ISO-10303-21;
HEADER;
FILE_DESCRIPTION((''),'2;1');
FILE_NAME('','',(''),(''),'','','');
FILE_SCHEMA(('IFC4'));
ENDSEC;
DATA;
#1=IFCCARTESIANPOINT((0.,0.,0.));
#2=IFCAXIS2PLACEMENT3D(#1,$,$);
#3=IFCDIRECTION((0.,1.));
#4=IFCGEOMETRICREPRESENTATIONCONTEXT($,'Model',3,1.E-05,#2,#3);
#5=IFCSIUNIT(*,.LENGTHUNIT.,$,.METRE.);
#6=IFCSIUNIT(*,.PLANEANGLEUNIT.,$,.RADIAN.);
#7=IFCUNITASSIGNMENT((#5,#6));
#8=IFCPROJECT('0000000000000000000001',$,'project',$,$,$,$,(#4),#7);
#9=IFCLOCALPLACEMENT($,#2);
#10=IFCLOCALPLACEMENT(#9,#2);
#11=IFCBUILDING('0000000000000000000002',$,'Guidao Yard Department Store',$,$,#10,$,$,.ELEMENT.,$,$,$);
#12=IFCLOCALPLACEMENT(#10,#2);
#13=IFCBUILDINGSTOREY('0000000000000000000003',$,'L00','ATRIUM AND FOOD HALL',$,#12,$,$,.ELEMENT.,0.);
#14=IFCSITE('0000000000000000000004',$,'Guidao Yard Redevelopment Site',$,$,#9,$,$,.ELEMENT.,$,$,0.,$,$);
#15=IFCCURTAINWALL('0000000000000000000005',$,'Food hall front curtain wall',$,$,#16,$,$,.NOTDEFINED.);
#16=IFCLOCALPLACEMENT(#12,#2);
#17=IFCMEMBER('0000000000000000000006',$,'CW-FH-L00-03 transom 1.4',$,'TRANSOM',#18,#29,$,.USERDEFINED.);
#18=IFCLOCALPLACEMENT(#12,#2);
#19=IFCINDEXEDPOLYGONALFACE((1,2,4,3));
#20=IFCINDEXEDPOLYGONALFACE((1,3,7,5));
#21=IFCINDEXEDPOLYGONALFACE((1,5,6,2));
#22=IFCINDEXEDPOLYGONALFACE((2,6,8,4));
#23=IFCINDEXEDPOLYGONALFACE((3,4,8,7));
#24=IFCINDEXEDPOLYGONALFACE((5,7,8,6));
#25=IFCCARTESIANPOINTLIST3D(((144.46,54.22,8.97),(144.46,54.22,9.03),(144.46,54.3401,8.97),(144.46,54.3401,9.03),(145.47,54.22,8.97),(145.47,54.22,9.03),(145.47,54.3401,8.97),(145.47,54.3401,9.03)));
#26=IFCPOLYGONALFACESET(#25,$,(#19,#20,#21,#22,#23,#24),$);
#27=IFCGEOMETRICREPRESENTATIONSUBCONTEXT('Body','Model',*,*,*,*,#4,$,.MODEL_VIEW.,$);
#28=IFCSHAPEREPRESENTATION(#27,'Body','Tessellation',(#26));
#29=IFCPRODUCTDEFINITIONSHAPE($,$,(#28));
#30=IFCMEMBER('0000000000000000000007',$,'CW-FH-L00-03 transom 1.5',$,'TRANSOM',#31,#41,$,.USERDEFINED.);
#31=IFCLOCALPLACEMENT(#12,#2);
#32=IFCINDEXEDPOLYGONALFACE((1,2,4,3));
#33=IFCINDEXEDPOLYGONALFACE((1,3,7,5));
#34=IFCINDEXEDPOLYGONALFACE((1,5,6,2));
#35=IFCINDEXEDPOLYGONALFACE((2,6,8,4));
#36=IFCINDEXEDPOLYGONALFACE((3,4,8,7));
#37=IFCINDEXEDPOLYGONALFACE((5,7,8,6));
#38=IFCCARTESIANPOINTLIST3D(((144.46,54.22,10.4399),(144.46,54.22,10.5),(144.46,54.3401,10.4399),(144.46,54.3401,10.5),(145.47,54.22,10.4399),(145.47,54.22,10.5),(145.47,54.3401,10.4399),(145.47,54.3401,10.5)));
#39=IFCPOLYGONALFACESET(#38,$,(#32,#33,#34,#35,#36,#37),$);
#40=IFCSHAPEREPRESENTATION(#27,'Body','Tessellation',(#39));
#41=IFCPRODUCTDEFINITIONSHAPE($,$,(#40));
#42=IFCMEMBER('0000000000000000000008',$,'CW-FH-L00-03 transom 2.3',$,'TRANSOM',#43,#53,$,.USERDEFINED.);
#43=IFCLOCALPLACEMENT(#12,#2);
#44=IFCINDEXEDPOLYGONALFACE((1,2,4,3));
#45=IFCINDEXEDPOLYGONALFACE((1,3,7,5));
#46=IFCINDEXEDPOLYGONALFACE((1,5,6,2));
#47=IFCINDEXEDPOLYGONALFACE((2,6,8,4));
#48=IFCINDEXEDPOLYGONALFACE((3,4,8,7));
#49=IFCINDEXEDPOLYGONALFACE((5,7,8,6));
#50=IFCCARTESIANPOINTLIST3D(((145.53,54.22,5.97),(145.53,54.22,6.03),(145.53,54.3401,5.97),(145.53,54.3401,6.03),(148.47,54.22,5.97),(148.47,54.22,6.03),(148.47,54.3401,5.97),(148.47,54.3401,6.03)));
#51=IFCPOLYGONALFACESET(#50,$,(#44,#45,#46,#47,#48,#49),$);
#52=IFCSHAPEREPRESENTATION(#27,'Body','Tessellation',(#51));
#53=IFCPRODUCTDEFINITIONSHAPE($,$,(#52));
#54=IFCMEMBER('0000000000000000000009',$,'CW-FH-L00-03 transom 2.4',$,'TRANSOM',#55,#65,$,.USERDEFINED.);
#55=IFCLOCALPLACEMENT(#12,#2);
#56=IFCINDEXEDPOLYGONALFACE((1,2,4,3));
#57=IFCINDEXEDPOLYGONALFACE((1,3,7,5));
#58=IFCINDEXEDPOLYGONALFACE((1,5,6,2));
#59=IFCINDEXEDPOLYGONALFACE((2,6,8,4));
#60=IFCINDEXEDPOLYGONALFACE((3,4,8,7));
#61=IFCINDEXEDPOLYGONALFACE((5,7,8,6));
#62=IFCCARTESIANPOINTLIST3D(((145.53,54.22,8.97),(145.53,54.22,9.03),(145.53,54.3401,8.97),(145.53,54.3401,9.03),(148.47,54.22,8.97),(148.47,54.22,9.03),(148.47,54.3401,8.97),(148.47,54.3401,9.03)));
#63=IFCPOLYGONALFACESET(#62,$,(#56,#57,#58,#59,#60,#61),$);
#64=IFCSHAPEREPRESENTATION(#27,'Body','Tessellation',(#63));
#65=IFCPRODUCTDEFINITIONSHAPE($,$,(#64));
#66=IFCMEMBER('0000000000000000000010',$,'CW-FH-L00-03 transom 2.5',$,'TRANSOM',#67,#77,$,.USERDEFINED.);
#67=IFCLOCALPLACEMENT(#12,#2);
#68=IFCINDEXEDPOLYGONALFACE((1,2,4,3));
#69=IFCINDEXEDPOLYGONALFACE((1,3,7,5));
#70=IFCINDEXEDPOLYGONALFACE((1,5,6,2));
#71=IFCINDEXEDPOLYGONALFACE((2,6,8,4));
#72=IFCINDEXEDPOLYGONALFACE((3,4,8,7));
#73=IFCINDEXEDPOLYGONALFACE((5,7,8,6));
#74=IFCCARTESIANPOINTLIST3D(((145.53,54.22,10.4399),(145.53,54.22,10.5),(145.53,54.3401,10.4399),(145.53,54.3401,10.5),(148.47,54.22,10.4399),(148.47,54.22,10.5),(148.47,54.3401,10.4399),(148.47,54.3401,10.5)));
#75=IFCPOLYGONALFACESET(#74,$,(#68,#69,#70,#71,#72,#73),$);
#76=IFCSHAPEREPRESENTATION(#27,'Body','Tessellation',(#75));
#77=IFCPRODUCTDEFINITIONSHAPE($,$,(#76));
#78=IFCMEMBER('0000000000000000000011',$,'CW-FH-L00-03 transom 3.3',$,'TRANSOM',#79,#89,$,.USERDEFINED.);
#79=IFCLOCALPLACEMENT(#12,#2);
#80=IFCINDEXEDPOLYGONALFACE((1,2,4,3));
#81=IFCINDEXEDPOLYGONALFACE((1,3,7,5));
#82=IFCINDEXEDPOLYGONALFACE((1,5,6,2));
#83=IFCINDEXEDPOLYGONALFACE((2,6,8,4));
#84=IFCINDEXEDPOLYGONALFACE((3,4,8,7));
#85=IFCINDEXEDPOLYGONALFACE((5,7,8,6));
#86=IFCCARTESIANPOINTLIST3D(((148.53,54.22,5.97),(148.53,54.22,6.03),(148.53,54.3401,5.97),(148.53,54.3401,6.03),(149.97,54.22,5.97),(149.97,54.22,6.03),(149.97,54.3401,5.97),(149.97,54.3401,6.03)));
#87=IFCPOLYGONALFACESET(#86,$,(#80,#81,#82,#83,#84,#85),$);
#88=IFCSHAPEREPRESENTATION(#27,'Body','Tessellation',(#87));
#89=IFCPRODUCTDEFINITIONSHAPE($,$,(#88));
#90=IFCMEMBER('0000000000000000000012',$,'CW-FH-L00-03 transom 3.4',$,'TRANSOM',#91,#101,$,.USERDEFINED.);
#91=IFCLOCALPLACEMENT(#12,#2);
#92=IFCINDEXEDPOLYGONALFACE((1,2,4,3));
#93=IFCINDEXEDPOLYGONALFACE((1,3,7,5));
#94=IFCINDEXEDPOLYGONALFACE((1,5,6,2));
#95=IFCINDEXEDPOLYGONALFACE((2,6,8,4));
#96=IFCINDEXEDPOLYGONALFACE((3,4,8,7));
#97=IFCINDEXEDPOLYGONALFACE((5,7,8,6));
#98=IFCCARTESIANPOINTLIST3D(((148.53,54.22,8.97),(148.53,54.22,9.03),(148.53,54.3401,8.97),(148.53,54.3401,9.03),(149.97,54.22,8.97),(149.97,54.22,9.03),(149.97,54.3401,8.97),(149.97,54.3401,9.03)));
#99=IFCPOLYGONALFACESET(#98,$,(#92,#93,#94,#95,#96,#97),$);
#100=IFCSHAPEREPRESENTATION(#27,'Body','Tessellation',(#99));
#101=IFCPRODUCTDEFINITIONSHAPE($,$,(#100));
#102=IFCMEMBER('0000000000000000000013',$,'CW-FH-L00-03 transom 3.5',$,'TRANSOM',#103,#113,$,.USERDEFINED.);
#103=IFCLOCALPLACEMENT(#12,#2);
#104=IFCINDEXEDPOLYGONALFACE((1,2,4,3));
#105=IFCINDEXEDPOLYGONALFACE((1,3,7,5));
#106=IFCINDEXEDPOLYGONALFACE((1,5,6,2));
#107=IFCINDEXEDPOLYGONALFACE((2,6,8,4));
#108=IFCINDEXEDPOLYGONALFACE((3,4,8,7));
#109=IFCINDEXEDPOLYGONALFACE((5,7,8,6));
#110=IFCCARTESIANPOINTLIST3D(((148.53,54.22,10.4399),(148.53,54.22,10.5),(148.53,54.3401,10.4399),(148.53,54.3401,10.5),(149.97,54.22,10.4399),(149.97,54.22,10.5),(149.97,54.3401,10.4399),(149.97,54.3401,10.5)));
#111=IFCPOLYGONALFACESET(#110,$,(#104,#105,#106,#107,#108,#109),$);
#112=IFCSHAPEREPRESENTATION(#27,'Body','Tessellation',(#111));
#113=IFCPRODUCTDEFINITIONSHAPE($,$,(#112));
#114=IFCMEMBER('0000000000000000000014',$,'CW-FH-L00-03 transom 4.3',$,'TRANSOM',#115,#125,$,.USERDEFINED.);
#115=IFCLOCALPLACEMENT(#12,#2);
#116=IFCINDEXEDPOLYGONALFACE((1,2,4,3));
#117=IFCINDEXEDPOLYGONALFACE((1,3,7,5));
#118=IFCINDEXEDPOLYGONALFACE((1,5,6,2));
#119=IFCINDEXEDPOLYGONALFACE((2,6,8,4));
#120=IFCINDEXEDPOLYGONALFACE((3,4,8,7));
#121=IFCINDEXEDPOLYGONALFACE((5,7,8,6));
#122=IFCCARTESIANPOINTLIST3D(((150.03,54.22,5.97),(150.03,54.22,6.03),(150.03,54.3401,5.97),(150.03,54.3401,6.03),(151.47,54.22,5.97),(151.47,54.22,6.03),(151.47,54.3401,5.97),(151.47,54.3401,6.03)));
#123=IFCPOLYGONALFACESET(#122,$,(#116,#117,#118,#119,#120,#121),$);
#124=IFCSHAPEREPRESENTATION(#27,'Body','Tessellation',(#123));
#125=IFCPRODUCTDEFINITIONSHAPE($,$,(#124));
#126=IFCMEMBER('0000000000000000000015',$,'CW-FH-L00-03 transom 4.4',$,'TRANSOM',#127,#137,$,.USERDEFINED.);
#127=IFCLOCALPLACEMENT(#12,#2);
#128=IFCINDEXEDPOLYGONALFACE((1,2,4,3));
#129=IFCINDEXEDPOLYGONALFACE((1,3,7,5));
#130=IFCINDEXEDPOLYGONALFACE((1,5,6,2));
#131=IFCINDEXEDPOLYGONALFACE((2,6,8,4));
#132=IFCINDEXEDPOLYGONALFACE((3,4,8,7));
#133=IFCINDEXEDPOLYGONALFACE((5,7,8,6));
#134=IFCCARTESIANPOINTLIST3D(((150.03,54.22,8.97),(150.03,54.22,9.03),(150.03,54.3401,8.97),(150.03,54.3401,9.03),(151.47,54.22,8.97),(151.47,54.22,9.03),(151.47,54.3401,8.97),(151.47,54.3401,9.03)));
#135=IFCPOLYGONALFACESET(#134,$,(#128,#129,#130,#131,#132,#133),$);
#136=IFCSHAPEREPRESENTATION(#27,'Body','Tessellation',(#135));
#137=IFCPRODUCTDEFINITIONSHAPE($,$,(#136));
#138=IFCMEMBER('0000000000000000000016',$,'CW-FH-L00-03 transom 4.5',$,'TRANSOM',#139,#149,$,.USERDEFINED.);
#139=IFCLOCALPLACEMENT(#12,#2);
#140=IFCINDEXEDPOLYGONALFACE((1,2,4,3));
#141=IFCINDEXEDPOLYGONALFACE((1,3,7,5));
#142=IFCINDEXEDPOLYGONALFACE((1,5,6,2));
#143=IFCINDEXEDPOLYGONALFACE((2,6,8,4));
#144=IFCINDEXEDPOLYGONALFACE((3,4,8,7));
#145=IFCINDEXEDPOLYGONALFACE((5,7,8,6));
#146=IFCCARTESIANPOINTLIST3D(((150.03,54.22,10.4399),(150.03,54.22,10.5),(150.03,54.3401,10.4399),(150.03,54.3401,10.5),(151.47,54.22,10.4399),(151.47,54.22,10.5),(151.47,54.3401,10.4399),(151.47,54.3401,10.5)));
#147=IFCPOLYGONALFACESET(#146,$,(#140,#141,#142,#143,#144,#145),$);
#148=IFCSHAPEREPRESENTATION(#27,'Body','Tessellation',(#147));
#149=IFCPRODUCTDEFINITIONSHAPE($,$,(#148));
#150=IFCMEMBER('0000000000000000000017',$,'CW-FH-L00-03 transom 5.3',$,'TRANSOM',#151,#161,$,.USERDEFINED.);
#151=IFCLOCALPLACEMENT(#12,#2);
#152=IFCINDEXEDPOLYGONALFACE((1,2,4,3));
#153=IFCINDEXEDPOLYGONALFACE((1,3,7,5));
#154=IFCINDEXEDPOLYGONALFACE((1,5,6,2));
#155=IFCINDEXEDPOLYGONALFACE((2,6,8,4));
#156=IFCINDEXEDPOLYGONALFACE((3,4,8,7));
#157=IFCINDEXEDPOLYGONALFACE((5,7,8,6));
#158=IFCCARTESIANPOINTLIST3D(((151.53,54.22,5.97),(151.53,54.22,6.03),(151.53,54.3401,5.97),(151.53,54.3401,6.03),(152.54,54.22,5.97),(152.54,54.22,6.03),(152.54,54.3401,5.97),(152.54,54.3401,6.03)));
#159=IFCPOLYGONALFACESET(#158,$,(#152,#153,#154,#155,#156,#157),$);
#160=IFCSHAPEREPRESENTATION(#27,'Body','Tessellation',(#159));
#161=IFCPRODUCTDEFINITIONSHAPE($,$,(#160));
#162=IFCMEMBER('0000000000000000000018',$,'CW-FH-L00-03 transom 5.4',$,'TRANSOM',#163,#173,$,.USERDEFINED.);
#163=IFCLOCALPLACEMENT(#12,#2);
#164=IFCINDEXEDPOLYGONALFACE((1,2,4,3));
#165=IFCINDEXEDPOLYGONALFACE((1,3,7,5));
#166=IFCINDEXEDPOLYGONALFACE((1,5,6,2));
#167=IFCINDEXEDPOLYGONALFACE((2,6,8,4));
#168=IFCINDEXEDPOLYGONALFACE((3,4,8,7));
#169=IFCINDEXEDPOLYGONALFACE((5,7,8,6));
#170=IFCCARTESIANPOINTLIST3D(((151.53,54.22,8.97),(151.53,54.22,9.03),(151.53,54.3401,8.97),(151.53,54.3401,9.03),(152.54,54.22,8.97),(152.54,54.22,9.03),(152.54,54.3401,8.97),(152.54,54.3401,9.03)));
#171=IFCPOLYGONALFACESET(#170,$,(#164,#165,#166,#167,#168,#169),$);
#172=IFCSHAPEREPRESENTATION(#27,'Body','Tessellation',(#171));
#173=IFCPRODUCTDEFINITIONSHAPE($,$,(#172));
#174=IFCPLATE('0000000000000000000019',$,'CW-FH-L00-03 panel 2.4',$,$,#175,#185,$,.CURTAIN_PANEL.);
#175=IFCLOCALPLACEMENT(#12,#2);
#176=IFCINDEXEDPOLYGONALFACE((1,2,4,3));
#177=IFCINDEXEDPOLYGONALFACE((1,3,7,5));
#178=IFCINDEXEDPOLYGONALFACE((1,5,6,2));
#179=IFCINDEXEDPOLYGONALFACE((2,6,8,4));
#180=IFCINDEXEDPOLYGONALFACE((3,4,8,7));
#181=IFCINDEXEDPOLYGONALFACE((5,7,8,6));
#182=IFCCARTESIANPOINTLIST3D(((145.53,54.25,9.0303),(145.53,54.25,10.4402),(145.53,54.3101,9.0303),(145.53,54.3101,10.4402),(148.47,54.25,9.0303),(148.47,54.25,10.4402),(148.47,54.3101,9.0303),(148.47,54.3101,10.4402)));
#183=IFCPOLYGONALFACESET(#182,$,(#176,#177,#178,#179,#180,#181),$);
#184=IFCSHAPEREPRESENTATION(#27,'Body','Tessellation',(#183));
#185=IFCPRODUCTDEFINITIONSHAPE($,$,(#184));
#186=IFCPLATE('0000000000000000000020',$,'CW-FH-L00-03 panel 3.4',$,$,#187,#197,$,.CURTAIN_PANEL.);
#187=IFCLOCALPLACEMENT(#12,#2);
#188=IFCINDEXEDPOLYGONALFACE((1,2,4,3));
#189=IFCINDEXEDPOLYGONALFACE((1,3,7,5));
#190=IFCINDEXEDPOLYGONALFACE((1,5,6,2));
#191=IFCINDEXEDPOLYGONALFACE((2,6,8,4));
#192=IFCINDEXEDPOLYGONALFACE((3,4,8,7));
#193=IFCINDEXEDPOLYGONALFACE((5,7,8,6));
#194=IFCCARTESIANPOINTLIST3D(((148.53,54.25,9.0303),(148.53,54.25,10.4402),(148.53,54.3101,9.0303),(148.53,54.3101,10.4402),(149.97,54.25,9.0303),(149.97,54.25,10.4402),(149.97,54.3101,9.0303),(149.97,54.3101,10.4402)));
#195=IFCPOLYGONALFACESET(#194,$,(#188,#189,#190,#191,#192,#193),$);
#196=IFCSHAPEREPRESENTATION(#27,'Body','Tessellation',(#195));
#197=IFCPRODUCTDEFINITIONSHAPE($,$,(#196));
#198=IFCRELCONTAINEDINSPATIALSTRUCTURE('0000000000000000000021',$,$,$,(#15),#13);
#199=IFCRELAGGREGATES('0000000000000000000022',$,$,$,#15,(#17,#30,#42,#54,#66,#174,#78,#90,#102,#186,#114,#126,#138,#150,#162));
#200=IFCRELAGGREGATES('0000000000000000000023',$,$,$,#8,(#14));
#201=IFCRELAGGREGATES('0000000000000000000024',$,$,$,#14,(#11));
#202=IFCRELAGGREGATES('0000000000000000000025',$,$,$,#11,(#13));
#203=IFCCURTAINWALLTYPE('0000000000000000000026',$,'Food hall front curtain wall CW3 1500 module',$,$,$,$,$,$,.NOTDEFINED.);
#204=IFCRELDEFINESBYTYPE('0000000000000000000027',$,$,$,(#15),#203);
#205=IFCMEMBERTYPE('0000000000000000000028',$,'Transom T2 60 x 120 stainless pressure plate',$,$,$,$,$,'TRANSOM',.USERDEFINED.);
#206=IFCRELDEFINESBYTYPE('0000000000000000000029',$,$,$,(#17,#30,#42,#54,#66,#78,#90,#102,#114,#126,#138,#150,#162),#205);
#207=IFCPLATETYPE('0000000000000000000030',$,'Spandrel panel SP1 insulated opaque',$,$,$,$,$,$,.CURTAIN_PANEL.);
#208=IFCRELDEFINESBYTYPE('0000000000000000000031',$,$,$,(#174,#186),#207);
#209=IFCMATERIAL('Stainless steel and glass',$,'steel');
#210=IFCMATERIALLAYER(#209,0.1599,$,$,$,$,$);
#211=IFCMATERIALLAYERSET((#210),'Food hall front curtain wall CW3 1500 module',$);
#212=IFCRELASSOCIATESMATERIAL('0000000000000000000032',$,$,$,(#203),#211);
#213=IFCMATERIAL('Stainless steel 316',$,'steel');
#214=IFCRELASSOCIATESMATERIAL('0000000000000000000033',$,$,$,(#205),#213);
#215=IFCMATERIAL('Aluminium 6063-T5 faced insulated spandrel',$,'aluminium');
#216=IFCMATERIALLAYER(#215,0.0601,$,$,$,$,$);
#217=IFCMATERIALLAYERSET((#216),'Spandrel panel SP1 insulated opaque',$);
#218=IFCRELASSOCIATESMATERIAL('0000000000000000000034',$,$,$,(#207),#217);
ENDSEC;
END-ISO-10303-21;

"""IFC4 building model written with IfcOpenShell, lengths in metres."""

from ifc_helpers import new_model, si_unit, direction, frame, origin, origin_2d, place, context, subcontext, project, spatial, rectangle, extrude, material, layer, layer_set, material_profile, profile_set, type_object, element, aggregate, save


model = new_model("IFC4")

# Units and contexts
model_context = context("Model", 3, precision=1e-05, world=origin(), true_north=direction((0.0, 1.0)))
body_context = subcontext(model_context, "Body", "Model", "MODEL_VIEW")
ifc_project = project(units=[si_unit("LENGTHUNIT", "METRE"), si_unit("PLANEANGLEUNIT", "RADIAN")], contexts=[model_context])

# Site, building, storey
site_placement = place(None, origin())
site = spatial("IfcSite", under=ifc_project, at=site_placement, Name="Guidao Yard Redevelopment Site", CompositionType="ELEMENT", RefElevation=0.0)
building_placement = place(site_placement, origin())
building = spatial("IfcBuilding", under=site, at=building_placement, Name="Guidao Yard Department Store", CompositionType="ELEMENT")
storey_placement = place(building_placement, origin())
storey = spatial("IfcBuildingStorey", under=building, at=storey_placement, Name="L00", Description="ATRIUM AND FOOD HALL", CompositionType="ELEMENT", Elevation=0.0)

# Curtain wall, members, plates
ifc_material_1 = material(Name="Stainless steel and glass", Category="steel")
ifc_layer_1 = layer(ifc_material_1, 0.1599)
ifc_layer_set_1 = layer_set([ifc_layer_1], Name="Food hall front curtain wall CW3 1500 module")
curtain_wall_type = type_object("IfcCurtainWallType", Name="Food hall front curtain wall CW3 1500 module", PredefinedType="NOTDEFINED", material=ifc_layer_set_1)
curtain_wall_placement = place(storey_placement, origin())
curtain_wall = element("IfcCurtainWall", 1, at=curtain_wall_placement, inside=storey, type_object=curtain_wall_type, Name="Food hall front curtain wall", PredefinedType="NOTDEFINED")
ifc_material_2 = material(Name="Stainless steel 316", Category="steel")
ifc_material_profile = material_profile(ifc_material_2, rectangle(XDim=0.1201, YDim=0.0601, at=origin_2d()), Name="Transom T2 60 x 120 stainless pressure plate")
ifc_profile_set = profile_set([ifc_material_profile], Name="Stainless steel 316")
member_type = type_object("IfcMemberType", Name="Transom T2 60 x 120 stainless pressure plate", ElementType="TRANSOM", PredefinedType="USERDEFINED", material=ifc_profile_set)
member_1_placement = place(storey_placement, frame((145.47, 54.28, 9.0), z_axis=(-1.0, 0.0, 0.0), x_axis=(0.0, -1.0, 0.0)))
member_1 = element("IfcMember", 2, at=member_1_placement, type_object=member_type, Name="CW-FH-L00-03 transom 1.4", ObjectType="TRANSOM", PredefinedType="USERDEFINED", context=body_context, shape_type="SweptSolid", body=[
    extrude(rectangle(XDim=0.1201, YDim=0.0601, at=origin_2d()), origin(), (0.0, 0.0, 1.0), 1.01),
])
member_2_placement = place(storey_placement, frame((145.47, 54.28, 10.47), z_axis=(-1.0, 0.0, 0.0), x_axis=(0.0, -1.0, 0.0)))
member_2 = element("IfcMember", 3, at=member_2_placement, type_object=member_type, Name="CW-FH-L00-03 transom 1.5", ObjectType="TRANSOM", PredefinedType="USERDEFINED", context=body_context, shape_type="SweptSolid", body=[
    extrude(rectangle(XDim=0.1201, YDim=0.0601, at=origin_2d()), origin(), (0.0, 0.0, 1.0), 1.01),
])
member_3_placement = place(storey_placement, frame((148.47, 54.28, 6.0), z_axis=(-1.0, 0.0, 0.0), x_axis=(0.0, -1.0, 0.0)))
member_3 = element("IfcMember", 4, at=member_3_placement, type_object=member_type, Name="CW-FH-L00-03 transom 2.3", ObjectType="TRANSOM", PredefinedType="USERDEFINED", context=body_context, shape_type="SweptSolid", body=[
    extrude(rectangle(XDim=0.1201, YDim=0.0601, at=origin_2d()), origin(), (0.0, 0.0, 1.0), 2.9399),
])
member_4_placement = place(storey_placement, frame((148.47, 54.28, 9.0), z_axis=(-1.0, 0.0, 0.0), x_axis=(0.0, -1.0, 0.0)))
member_4 = element("IfcMember", 5, at=member_4_placement, type_object=member_type, Name="CW-FH-L00-03 transom 2.4", ObjectType="TRANSOM", PredefinedType="USERDEFINED", context=body_context, shape_type="SweptSolid", body=[
    extrude(rectangle(XDim=0.1201, YDim=0.0601, at=origin_2d()), origin(), (0.0, 0.0, 1.0), 2.9399),
])
member_5_placement = place(storey_placement, frame((148.47, 54.28, 10.47), z_axis=(-1.0, 0.0, 0.0), x_axis=(0.0, -1.0, 0.0)))
member_5 = element("IfcMember", 6, at=member_5_placement, type_object=member_type, Name="CW-FH-L00-03 transom 2.5", ObjectType="TRANSOM", PredefinedType="USERDEFINED", context=body_context, shape_type="SweptSolid", body=[
    extrude(rectangle(XDim=0.1201, YDim=0.0601, at=origin_2d()), origin(), (0.0, 0.0, 1.0), 2.9399),
])
member_6_placement = place(storey_placement, frame((149.97, 54.28, 6.0), z_axis=(-1.0, 0.0, 0.0), x_axis=(0.0, -1.0, 0.0)))
member_6 = element("IfcMember", 7, at=member_6_placement, type_object=member_type, Name="CW-FH-L00-03 transom 3.3", ObjectType="TRANSOM", PredefinedType="USERDEFINED", context=body_context, shape_type="SweptSolid", body=[
    extrude(rectangle(XDim=0.1201, YDim=0.0601, at=origin_2d()), origin(), (0.0, 0.0, 1.0), 1.4399),
])
member_7_placement = place(storey_placement, frame((149.97, 54.28, 9.0), z_axis=(-1.0, 0.0, 0.0), x_axis=(0.0, -1.0, 0.0)))
member_7 = element("IfcMember", 8, at=member_7_placement, type_object=member_type, Name="CW-FH-L00-03 transom 3.4", ObjectType="TRANSOM", PredefinedType="USERDEFINED", context=body_context, shape_type="SweptSolid", body=[
    extrude(rectangle(XDim=0.1201, YDim=0.0601, at=origin_2d()), origin(), (0.0, 0.0, 1.0), 1.4399),
])
member_8_placement = place(storey_placement, frame((149.97, 54.28, 10.47), z_axis=(-1.0, 0.0, 0.0), x_axis=(0.0, -1.0, 0.0)))
member_8 = element("IfcMember", 9, at=member_8_placement, type_object=member_type, Name="CW-FH-L00-03 transom 3.5", ObjectType="TRANSOM", PredefinedType="USERDEFINED", context=body_context, shape_type="SweptSolid", body=[
    extrude(rectangle(XDim=0.1201, YDim=0.0601, at=origin_2d()), origin(), (0.0, 0.0, 1.0), 1.4399),
])
member_9_placement = place(storey_placement, frame((151.47, 54.28, 6.0), z_axis=(-1.0, 0.0, 0.0), x_axis=(0.0, -1.0, 0.0)))
member_9 = element("IfcMember", 10, at=member_9_placement, type_object=member_type, Name="CW-FH-L00-03 transom 4.3", ObjectType="TRANSOM", PredefinedType="USERDEFINED", context=body_context, shape_type="SweptSolid", body=[
    extrude(rectangle(XDim=0.1201, YDim=0.0601, at=origin_2d()), origin(), (0.0, 0.0, 1.0), 1.4399),
])
member_10_placement = place(storey_placement, frame((151.47, 54.28, 9.0), z_axis=(-1.0, 0.0, 0.0), x_axis=(0.0, -1.0, 0.0)))
member_10 = element("IfcMember", 11, at=member_10_placement, type_object=member_type, Name="CW-FH-L00-03 transom 4.4", ObjectType="TRANSOM", PredefinedType="USERDEFINED", context=body_context, shape_type="SweptSolid", body=[
    extrude(rectangle(XDim=0.1201, YDim=0.0601, at=origin_2d()), origin(), (0.0, 0.0, 1.0), 1.4399),
])
member_11_placement = place(storey_placement, frame((151.47, 54.28, 10.47), z_axis=(-1.0, 0.0, 0.0), x_axis=(0.0, -1.0, 0.0)))
member_11 = element("IfcMember", 12, at=member_11_placement, type_object=member_type, Name="CW-FH-L00-03 transom 4.5", ObjectType="TRANSOM", PredefinedType="USERDEFINED", context=body_context, shape_type="SweptSolid", body=[
    extrude(rectangle(XDim=0.1201, YDim=0.0601, at=origin_2d()), origin(), (0.0, 0.0, 1.0), 1.4399),
])
member_12_placement = place(storey_placement, frame((152.54, 54.28, 6.0), z_axis=(-1.0, 0.0, 0.0), x_axis=(0.0, -1.0, 0.0)))
member_12 = element("IfcMember", 13, at=member_12_placement, type_object=member_type, Name="CW-FH-L00-03 transom 5.3", ObjectType="TRANSOM", PredefinedType="USERDEFINED", context=body_context, shape_type="SweptSolid", body=[
    extrude(rectangle(XDim=0.1201, YDim=0.0601, at=origin_2d()), origin(), (0.0, 0.0, 1.0), 1.01),
])
member_13_placement = place(storey_placement, frame((152.54, 54.28, 9.0), z_axis=(-1.0, 0.0, 0.0), x_axis=(0.0, -1.0, 0.0)))
member_13 = element("IfcMember", 14, at=member_13_placement, type_object=member_type, Name="CW-FH-L00-03 transom 5.4", ObjectType="TRANSOM", PredefinedType="USERDEFINED", context=body_context, shape_type="SweptSolid", body=[
    extrude(rectangle(XDim=0.1201, YDim=0.0601, at=origin_2d()), origin(), (0.0, 0.0, 1.0), 1.01),
])
ifc_material_3 = material(Name="Aluminium 6063-T5 faced insulated spandrel", Category="aluminium")
ifc_layer_2 = layer(ifc_material_3, 0.0601)
ifc_layer_set_2 = layer_set([ifc_layer_2], Name="Spandrel panel SP1 insulated opaque")
plate_type_1 = type_object("IfcPlateType", Name="Spandrel panel SP1 insulated opaque", PredefinedType="CURTAIN_PANEL", material=ifc_layer_set_2)
plate_1_placement = place(storey_placement, frame((147.0, 54.28, 9.0303), z_axis=(0.0, 0.0, 1.0), x_axis=(-1.0, 0.0, 0.0)))
plate_1 = element("IfcPlate", 15, at=plate_1_placement, type_object=plate_type_1, Name="CW-FH-L00-03 panel 2.4", PredefinedType="CURTAIN_PANEL", context=body_context, shape_type="SweptSolid", body=[
    extrude(rectangle(XDim=2.9399, YDim=0.0601, at=origin_2d()), origin(), (0.0, 0.0, 1.0), 1.4099),
])
plate_2_placement = place(storey_placement, frame((149.25, 54.28, 9.0303), z_axis=(0.0, 0.0, 1.0), x_axis=(-1.0, 0.0, 0.0)))
plate_2 = element("IfcPlate", 16, at=plate_2_placement, type_object=plate_type_1, Name="CW-FH-L00-03 panel 3.4", PredefinedType="CURTAIN_PANEL", context=body_context, shape_type="SweptSolid", body=[
    extrude(rectangle(XDim=1.4399, YDim=0.0601, at=origin_2d()), origin(), (0.0, 0.0, 1.0), 1.4099),
])
aggregate(curtain_wall, [member_1, member_2, member_3, member_4, member_5, plate_1, member_6, member_7, member_8, plate_2, member_9, member_10, member_11, member_12, member_13])

save(model, "model.ifc")
